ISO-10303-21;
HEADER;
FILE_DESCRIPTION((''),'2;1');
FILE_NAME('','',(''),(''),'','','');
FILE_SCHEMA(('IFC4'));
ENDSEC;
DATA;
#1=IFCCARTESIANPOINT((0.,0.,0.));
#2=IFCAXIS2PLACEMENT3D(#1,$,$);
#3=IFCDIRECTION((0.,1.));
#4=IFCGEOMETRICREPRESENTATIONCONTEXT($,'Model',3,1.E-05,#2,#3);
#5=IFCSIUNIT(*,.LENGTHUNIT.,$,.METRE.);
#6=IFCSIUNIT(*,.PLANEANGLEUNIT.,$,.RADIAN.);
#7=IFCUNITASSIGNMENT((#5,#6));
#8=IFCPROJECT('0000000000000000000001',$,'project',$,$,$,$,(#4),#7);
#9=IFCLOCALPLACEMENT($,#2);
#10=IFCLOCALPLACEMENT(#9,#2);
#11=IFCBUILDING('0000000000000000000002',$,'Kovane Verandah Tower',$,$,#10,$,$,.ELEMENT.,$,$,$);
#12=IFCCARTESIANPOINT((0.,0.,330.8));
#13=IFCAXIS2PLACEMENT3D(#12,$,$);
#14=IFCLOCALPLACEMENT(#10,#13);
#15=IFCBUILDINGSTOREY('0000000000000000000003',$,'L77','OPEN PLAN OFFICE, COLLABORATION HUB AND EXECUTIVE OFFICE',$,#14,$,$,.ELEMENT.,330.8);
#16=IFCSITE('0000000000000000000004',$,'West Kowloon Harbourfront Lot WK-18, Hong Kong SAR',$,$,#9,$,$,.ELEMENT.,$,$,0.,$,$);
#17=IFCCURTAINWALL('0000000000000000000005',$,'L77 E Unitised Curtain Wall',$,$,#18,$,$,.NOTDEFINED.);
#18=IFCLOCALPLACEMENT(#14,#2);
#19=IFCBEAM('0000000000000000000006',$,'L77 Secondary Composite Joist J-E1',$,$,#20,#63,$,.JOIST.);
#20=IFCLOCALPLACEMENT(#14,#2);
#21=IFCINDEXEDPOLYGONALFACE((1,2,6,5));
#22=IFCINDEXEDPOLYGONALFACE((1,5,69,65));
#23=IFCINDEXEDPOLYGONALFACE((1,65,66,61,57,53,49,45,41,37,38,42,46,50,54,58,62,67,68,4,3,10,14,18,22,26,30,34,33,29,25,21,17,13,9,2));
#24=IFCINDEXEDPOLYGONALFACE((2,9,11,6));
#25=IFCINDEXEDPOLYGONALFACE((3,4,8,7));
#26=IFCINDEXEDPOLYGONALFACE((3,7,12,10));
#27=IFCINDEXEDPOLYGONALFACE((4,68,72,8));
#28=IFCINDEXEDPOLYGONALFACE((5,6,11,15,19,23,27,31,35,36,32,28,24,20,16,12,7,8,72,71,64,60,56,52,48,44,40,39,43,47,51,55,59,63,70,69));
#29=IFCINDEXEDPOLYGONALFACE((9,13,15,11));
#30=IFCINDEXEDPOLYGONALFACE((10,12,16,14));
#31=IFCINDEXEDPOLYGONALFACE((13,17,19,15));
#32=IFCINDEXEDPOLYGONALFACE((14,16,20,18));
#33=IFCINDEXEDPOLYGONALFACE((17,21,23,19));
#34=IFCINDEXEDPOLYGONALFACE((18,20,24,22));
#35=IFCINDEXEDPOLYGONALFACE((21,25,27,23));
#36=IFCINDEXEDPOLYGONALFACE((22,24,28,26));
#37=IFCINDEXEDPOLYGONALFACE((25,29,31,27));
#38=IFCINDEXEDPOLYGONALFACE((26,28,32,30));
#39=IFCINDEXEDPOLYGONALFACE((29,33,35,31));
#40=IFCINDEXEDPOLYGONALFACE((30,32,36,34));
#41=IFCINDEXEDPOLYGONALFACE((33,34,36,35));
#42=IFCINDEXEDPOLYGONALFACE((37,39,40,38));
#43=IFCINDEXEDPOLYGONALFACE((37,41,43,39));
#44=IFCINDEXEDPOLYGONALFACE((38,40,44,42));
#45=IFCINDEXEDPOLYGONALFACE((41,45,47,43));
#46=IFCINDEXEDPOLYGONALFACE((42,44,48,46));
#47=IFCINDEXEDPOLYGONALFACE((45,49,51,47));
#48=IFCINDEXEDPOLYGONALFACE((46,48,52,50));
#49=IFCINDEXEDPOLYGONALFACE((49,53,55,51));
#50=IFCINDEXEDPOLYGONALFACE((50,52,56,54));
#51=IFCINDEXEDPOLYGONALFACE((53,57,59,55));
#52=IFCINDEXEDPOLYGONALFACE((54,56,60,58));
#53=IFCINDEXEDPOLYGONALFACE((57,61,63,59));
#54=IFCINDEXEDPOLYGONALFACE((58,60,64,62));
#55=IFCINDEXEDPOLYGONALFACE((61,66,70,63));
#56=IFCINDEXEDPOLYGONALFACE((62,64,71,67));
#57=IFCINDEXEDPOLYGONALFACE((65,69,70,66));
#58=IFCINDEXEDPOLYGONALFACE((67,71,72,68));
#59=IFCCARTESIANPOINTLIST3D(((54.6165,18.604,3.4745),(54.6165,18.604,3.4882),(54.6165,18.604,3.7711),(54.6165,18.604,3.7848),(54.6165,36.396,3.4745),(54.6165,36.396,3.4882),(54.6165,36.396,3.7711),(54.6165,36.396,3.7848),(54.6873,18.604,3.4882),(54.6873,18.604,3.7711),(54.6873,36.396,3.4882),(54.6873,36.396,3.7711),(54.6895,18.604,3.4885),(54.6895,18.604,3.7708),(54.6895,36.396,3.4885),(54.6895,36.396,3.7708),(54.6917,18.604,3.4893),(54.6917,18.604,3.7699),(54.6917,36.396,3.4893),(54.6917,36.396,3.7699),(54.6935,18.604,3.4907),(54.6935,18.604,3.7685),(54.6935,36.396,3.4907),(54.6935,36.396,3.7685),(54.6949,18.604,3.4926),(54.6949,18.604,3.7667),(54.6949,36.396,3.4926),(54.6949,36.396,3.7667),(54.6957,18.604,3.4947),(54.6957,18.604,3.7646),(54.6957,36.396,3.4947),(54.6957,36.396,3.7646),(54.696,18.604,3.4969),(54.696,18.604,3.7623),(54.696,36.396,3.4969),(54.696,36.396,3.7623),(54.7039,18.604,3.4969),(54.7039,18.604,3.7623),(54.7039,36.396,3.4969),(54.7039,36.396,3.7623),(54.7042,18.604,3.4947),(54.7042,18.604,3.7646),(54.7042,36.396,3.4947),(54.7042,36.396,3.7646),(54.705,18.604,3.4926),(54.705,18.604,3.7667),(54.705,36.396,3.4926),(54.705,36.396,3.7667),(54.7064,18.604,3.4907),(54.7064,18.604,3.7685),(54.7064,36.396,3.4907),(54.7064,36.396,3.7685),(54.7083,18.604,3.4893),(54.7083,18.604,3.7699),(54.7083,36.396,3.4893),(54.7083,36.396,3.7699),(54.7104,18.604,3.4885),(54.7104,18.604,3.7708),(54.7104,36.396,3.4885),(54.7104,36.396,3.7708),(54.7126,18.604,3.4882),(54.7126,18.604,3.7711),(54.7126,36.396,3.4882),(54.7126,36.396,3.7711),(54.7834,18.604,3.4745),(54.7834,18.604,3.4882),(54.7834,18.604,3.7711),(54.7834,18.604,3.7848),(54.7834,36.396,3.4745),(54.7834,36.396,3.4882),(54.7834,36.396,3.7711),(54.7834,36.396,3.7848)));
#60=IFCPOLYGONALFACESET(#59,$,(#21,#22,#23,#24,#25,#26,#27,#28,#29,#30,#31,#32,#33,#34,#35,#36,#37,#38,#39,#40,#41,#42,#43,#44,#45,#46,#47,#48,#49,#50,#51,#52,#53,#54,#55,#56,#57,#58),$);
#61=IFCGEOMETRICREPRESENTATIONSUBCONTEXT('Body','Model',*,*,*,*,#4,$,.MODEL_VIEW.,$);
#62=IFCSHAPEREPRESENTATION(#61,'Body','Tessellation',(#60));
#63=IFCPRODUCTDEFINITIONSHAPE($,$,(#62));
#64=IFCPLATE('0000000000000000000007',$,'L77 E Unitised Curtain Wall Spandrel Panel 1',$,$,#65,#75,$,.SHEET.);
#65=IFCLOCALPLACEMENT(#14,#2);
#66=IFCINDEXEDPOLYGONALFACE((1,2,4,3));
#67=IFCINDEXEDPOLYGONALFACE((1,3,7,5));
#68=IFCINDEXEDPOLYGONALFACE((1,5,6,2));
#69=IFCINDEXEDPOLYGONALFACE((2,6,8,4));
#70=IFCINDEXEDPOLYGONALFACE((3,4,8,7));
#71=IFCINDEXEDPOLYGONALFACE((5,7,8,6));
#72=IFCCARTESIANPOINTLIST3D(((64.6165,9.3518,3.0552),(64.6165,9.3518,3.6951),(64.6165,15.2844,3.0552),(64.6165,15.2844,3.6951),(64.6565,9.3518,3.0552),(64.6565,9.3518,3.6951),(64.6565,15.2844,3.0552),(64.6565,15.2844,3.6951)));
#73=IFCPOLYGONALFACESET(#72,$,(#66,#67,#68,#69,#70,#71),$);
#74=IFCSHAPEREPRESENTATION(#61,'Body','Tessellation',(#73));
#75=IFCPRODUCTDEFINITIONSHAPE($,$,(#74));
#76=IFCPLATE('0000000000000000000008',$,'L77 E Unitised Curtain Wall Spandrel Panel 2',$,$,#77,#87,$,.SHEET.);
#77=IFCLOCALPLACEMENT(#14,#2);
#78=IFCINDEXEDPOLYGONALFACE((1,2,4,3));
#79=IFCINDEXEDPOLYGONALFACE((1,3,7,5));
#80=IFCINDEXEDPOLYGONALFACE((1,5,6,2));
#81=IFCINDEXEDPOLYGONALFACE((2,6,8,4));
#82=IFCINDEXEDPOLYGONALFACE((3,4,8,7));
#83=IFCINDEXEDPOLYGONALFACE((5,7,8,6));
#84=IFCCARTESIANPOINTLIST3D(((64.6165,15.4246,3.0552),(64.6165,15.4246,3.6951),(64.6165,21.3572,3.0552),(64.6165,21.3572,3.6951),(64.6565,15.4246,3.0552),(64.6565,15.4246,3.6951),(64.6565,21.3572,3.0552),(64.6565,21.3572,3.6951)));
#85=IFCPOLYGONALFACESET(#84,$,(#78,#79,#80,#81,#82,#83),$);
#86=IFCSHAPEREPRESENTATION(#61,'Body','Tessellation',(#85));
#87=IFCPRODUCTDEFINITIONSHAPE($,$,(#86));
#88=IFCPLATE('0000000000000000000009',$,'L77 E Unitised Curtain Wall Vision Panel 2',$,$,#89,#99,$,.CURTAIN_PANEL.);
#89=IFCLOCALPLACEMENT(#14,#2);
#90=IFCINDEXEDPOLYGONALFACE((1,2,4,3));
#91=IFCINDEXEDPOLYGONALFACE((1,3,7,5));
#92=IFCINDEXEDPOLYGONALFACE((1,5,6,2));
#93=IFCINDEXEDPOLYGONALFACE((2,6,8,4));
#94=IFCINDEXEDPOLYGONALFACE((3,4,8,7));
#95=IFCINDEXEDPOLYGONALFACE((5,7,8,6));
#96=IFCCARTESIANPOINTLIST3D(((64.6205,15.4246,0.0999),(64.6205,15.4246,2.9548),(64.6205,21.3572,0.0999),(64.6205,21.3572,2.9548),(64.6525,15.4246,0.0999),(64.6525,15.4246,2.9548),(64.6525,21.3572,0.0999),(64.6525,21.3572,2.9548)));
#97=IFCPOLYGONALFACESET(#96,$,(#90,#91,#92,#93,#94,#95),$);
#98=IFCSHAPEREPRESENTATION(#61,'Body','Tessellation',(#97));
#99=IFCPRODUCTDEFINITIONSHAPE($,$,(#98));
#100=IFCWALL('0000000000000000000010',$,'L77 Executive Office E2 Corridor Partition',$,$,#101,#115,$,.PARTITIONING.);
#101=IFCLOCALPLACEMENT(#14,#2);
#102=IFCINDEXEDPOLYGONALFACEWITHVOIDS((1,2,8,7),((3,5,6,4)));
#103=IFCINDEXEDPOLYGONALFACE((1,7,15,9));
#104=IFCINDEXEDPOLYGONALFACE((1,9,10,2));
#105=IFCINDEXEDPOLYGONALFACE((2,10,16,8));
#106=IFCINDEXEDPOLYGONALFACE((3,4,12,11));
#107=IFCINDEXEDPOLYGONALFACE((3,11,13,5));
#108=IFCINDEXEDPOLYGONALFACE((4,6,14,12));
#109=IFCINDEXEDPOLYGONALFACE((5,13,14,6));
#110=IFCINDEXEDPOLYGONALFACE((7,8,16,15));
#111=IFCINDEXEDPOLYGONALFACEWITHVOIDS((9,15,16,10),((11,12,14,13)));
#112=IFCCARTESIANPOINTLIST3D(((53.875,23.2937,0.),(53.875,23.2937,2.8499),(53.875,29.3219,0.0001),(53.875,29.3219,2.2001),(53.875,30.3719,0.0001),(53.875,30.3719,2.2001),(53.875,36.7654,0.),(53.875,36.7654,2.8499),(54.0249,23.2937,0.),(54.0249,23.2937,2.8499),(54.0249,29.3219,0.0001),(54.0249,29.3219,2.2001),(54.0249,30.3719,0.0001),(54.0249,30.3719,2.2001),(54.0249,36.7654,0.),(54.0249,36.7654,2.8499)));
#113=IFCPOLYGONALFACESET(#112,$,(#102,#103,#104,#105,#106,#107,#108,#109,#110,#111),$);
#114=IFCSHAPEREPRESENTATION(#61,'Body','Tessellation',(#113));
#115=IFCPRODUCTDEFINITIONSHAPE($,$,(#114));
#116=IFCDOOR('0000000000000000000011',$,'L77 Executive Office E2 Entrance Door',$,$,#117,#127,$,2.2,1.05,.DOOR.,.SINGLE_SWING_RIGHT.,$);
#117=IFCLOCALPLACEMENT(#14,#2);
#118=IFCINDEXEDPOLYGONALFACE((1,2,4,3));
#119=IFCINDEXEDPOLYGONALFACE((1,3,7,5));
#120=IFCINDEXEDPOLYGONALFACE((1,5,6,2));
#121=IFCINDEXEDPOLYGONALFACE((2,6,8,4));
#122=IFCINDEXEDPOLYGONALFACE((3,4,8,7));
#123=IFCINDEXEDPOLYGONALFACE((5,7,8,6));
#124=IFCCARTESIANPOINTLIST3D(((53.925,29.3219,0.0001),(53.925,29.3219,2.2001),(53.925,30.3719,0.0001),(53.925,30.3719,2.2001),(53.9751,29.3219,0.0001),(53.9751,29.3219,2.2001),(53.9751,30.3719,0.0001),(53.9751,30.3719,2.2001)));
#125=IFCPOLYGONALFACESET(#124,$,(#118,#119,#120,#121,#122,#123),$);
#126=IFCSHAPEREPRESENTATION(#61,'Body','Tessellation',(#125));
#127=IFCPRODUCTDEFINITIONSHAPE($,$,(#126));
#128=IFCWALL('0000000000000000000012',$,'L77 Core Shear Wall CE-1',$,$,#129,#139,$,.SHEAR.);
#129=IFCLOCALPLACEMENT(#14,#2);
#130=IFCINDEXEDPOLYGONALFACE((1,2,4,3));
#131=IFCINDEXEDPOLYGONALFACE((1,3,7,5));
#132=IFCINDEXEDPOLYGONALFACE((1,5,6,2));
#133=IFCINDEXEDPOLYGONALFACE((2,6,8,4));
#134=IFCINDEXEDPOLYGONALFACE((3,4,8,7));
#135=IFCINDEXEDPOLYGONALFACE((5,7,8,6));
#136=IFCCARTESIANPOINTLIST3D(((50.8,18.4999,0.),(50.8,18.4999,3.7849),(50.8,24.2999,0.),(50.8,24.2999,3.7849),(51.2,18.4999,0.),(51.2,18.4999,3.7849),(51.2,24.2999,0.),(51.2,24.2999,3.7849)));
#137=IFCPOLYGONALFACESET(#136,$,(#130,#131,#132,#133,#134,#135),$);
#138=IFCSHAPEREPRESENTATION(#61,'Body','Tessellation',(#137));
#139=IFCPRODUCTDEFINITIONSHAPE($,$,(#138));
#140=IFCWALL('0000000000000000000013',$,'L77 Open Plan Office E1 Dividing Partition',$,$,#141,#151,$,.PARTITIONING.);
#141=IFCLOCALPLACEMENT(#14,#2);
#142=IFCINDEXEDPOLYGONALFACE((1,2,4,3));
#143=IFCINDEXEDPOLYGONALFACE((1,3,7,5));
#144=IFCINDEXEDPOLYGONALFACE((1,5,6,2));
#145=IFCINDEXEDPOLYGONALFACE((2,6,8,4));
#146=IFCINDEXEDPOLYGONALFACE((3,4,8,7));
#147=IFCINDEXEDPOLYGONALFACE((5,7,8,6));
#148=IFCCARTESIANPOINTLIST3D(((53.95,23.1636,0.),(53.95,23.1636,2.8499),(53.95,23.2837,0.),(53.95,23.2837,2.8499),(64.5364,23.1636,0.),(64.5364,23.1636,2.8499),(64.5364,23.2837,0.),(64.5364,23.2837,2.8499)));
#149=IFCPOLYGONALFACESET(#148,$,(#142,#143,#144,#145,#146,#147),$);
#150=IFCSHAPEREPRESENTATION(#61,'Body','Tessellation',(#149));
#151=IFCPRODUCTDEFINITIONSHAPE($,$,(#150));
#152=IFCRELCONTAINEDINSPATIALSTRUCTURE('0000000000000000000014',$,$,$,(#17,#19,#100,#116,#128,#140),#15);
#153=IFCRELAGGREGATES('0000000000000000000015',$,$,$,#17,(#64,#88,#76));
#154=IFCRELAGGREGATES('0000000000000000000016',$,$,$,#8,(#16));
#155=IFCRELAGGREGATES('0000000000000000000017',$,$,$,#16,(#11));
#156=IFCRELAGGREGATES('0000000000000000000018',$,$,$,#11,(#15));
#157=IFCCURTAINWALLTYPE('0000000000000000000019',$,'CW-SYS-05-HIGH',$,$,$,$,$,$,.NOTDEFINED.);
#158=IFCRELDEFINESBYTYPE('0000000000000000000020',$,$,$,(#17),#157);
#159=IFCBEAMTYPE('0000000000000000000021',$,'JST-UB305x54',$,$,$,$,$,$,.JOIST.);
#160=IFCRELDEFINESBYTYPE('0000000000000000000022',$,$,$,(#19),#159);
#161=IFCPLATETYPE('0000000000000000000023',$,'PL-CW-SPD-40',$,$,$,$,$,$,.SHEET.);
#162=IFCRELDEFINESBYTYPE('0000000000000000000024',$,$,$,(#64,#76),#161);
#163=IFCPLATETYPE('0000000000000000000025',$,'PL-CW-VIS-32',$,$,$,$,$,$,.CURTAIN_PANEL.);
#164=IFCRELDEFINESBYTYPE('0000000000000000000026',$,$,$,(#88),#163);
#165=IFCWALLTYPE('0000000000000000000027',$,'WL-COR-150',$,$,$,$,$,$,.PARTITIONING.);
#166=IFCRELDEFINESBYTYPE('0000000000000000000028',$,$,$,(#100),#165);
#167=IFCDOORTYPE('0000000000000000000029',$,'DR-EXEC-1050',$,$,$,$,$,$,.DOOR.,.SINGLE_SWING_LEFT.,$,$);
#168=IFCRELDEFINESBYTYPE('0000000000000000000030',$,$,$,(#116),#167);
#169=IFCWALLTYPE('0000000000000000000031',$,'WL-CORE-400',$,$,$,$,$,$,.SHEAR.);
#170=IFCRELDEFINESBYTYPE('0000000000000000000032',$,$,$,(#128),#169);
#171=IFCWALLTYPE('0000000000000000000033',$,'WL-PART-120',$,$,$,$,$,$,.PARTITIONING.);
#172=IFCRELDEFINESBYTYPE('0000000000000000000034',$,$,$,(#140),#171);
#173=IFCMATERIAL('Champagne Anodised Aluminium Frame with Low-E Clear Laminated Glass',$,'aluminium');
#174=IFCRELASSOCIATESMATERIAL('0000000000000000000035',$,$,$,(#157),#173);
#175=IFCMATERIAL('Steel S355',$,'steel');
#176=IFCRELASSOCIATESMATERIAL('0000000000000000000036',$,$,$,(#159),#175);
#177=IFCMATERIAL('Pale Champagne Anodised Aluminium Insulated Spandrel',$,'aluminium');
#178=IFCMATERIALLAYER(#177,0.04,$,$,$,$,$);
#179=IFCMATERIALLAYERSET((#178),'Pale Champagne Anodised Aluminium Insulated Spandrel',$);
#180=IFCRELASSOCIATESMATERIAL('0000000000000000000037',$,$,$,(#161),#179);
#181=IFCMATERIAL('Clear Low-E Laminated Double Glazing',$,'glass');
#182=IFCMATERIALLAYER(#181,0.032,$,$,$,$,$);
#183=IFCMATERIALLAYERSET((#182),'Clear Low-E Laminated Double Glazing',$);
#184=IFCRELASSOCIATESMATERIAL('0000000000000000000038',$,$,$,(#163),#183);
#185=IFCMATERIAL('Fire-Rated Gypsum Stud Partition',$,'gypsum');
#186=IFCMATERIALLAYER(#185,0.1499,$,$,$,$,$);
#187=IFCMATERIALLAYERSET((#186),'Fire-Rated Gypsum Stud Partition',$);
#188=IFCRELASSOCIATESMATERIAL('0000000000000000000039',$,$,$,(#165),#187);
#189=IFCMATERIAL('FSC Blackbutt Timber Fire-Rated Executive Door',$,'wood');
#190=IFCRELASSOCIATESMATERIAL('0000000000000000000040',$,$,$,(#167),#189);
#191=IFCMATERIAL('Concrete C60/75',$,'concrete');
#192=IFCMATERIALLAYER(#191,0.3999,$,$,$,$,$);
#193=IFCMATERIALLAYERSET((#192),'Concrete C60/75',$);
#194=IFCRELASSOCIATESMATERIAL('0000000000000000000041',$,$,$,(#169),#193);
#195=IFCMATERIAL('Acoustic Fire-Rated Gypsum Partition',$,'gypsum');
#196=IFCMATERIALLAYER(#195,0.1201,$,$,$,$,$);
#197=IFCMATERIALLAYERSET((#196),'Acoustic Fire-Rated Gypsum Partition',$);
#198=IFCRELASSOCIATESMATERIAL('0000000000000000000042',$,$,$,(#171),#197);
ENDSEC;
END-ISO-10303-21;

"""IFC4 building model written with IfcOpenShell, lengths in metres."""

from ifc_helpers import new_model, si_unit, direction, frame, frame_2d, origin, origin_2d, place, context, subcontext, project, spatial, rectangle, i_section, extrude, material, layer, layer_set, material_profile, profile_set, type_object, element, fill, aggregate, save


model = new_model("IFC4")

# Units and contexts
model_context = context("Model", 3, precision=1e-05, world=origin(), true_north=direction((0.0, 1.0)))
body_context = subcontext(model_context, "Body", "Model", "MODEL_VIEW")
ifc_project = project(units=[si_unit("LENGTHUNIT", "METRE"), si_unit("PLANEANGLEUNIT", "RADIAN")], contexts=[model_context])

# Site, building, storey
site_placement = place(None, origin())
site = spatial("IfcSite", under=ifc_project, at=site_placement, Name="West Kowloon Harbourfront Lot WK-18, Hong Kong SAR", CompositionType="ELEMENT", RefElevation=0.0)
building_placement = place(site_placement, origin())
building = spatial("IfcBuilding", under=site, at=building_placement, Name="Kovane Verandah Tower", CompositionType="ELEMENT")
storey_placement = place(building_placement, frame((0.0, 0.0, 330.8)))
storey = spatial("IfcBuildingStorey", under=building, at=storey_placement, Name="L77", Description="OPEN PLAN OFFICE, COLLABORATION HUB AND EXECUTIVE OFFICE", CompositionType="ELEMENT", Elevation=330.8)

# Shared definitions
ifc_material_1 = material(Name="Concrete C60/75", Category="concrete")

# Shared definitions
ifc_material_2 = material(Name="Steel S355", Category="steel")

# Curtain wall
ifc_material_3 = material(Name="Champagne Anodised Aluminium Frame with Low-E Clear Laminated Glass", Category="aluminium")
curtain_wall_type = type_object("IfcCurtainWallType", Name="CW-SYS-05-HIGH", PredefinedType="NOTDEFINED", material=ifc_material_3)
curtain_wall_placement = place(storey_placement, origin())
curtain_wall = element("IfcCurtainWall", 1, at=curtain_wall_placement, inside=storey, type_object=curtain_wall_type, Name="L77 E Unitised Curtain Wall", PredefinedType="NOTDEFINED")

# Beam
ifc_material_profile_1 = material_profile(ifc_material_2, i_section(OverallWidth=0.167, OverallDepth=0.3103, WebThickness=0.0078, FlangeThickness=0.0137, FilletRadius=0.0088, at=origin_2d()), Name="UB305x165x54")
ifc_profile_set_1 = profile_set([ifc_material_profile_1], Name="Steel S355")
beam_type_1 = type_object("IfcBeamType", Name="JST-UB305x54", PredefinedType="JOIST", material=ifc_profile_set_1)
beam_1_placement = place(storey_placement, frame((54.7, 18.604, 3.6296), z_axis=(0.0, 1.0, 0.0), x_axis=(-1.0, 0.0, 0.0)))
element("IfcBeam", 2, at=beam_1_placement, inside=storey, type_object=beam_type_1, Name="L77 Secondary Composite Joist J-E1", PredefinedType="JOIST", context=body_context, shape_type="SweptSolid", body=[
    extrude(i_section(OverallWidth=0.167, OverallDepth=0.3103, WebThickness=0.0078, FlangeThickness=0.0137, FilletRadius=0.0088, at=origin_2d()), origin(), (0.0, 0.0, 1.0), 17.792),
])

# Plates
ifc_material_4 = material(Name="Pale Champagne Anodised Aluminium Insulated Spandrel", Category="aluminium")
ifc_layer_1 = layer(ifc_material_4, 0.04)
ifc_layer_set_1 = layer_set([ifc_layer_1], Name="Pale Champagne Anodised Aluminium Insulated Spandrel")
plate_type_1 = type_object("IfcPlateType", Name="PL-CW-SPD-40", PredefinedType="SHEET", material=ifc_layer_set_1)
plate_1_placement = place(storey_placement, frame((64.6365, 12.3181, 3.0552), z_axis=(0.0, 0.0, 1.0), x_axis=(0.0, 1.0, 0.0)))
plate_1 = element("IfcPlate", 3, at=plate_1_placement, type_object=plate_type_1, Name="L77 E Unitised Curtain Wall Spandrel Panel 1", PredefinedType="SHEET", context=body_context, shape_type="SweptSolid", body=[
    extrude(rectangle(XDim=5.9326, YDim=0.04, at=origin_2d()), origin(), (0.0, 0.0, 1.0), 0.6399),
])
plate_2_placement = place(storey_placement, frame((64.6365, 18.3909, 3.0552), z_axis=(0.0, 0.0, 1.0), x_axis=(0.0, 1.0, 0.0)))
plate_2 = element("IfcPlate", 4, at=plate_2_placement, type_object=plate_type_1, Name="L77 E Unitised Curtain Wall Spandrel Panel 2", PredefinedType="SHEET", context=body_context, shape_type="SweptSolid", body=[
    extrude(rectangle(XDim=5.9326, YDim=0.04, at=origin_2d()), origin(), (0.0, 0.0, 1.0), 0.6399),
])
ifc_material_5 = material(Name="Clear Low-E Laminated Double Glazing", Category="glass")
ifc_layer_2 = layer(ifc_material_5, 0.032)
ifc_layer_set_2 = layer_set([ifc_layer_2], Name="Clear Low-E Laminated Double Glazing")
plate_type_2 = type_object("IfcPlateType", Name="PL-CW-VIS-32", PredefinedType="CURTAIN_PANEL", material=ifc_layer_set_2)
plate_3_placement = place(storey_placement, frame((64.6365, 18.3909, 0.0999), z_axis=(0.0, 0.0, 1.0), x_axis=(0.0, 1.0, 0.0)))
plate_3 = element("IfcPlate", 5, at=plate_3_placement, type_object=plate_type_2, Name="L77 E Unitised Curtain Wall Vision Panel 2", PredefinedType="CURTAIN_PANEL", context=body_context, shape_type="SweptSolid", body=[
    extrude(rectangle(XDim=5.9326, YDim=0.032, at=origin_2d()), origin(), (0.0, 0.0, 1.0), 2.855),
])
aggregate(curtain_wall, [plate_1, plate_3, plate_2])

# Wall, opening, door
ifc_material_6 = material(Name="Fire-Rated Gypsum Stud Partition", Category="gypsum")
ifc_layer_3 = layer(ifc_material_6, 0.1499)
ifc_layer_set_3 = layer_set([ifc_layer_3], Name="Fire-Rated Gypsum Stud Partition")
wall_type_1 = type_object("IfcWallType", Name="WL-COR-150", PredefinedType="PARTITIONING", material=ifc_layer_set_3)
wall_1_placement = place(storey_placement, frame((53.95, 23.2937, 0.0), z_axis=(0.0, 0.0, 1.0), x_axis=(0.0, 1.0, 0.0)))
wall_1 = element("IfcWall", 6, at=wall_1_placement, inside=storey, type_object=wall_type_1, Name="L77 Executive Office E2 Corridor Partition", PredefinedType="PARTITIONING", context=body_context, shape_type="SweptSolid", body=[
    extrude(rectangle(XDim=13.4717, YDim=0.1499, at=frame_2d((6.7358, 0.0))), origin(), (0.0, 0.0, 1.0), 2.8499),
])
opening_1_placement = place(wall_1_placement, frame((6.0283, 0.0, 0.0)))
opening_1 = element("IfcOpeningElement", 7, at=opening_1_placement, cuts=wall_1, PredefinedType="OPENING", context=body_context, shape_type="SweptSolid", body=[
    extrude(rectangle(XDim=1.05, YDim=2.2, at=frame_2d((0.5249, 1.1001))), frame((0.0, 0.075, 0.0), z_axis=(0.0, -1.0, 0.0), x_axis=(1.0, 0.0, 0.0)), (0.0, 0.0, 1.0), 0.1499),
])
ifc_material_7 = material(Name="FSC Blackbutt Timber Fire-Rated Executive Door", Category="wood")
door_type_1 = type_object("IfcDoorType", Name="DR-EXEC-1050", OperationType="SINGLE_SWING_LEFT", PredefinedType="DOOR", material=ifc_material_7)
door_1_placement = place(opening_1_placement, origin())
door_1 = element("IfcDoor", 8, at=door_1_placement, inside=storey, type_object=door_type_1, Name="L77 Executive Office E2 Entrance Door", OperationType="SINGLE_SWING_RIGHT", OverallHeight=2.2, OverallWidth=1.05, PredefinedType="DOOR", context=body_context, shape_type="SweptSolid", body=[
    extrude(rectangle(XDim=1.05, YDim=2.2, at=frame_2d((0.5249, 1.1001))), frame((0.0, 0.0249, 0.0), z_axis=(0.0, -1.0, 0.0), x_axis=(1.0, 0.0, 0.0)), (0.0, 0.0, 1.0), 0.05),
])
fill(opening_1, door_1)

# Wall
ifc_layer_4 = layer(ifc_material_1, 0.3999)
ifc_layer_set_4 = layer_set([ifc_layer_4], Name="Concrete C60/75")
wall_type_2 = type_object("IfcWallType", Name="WL-CORE-400", PredefinedType="SHEAR", material=ifc_layer_set_4)
wall_2_placement = place(storey_placement, frame((51.0, 18.5, 0.0), z_axis=(0.0, 0.0, 1.0), x_axis=(0.0, 1.0, 0.0)))
element("IfcWall", 9, at=wall_2_placement, inside=storey, type_object=wall_type_2, Name="L77 Core Shear Wall CE-1", PredefinedType="SHEAR", context=body_context, shape_type="SweptSolid", body=[
    extrude(rectangle(XDim=5.8, YDim=0.3999, at=frame_2d((2.8999, 0.0))), origin(), (0.0, 0.0, 1.0), 3.7849),
])

# Wall
ifc_material_8 = material(Name="Acoustic Fire-Rated Gypsum Partition", Category="gypsum")
ifc_layer_5 = layer(ifc_material_8, 0.1201)
ifc_layer_set_5 = layer_set([ifc_layer_5], Name="Acoustic Fire-Rated Gypsum Partition")
wall_type_3 = type_object("IfcWallType", Name="WL-PART-120", PredefinedType="PARTITIONING", material=ifc_layer_set_5)
wall_3_placement = place(storey_placement, frame((53.95, 23.2236, 0.0), z_axis=(0.0, 0.0, 1.0), x_axis=(1.0, 0.0, 0.0)))
element("IfcWall", 10, at=wall_3_placement, inside=storey, type_object=wall_type_3, Name="L77 Open Plan Office E1 Dividing Partition", PredefinedType="PARTITIONING", context=body_context, shape_type="SweptSolid", body=[
    extrude(rectangle(XDim=10.5864, YDim=0.1201, at=frame_2d((5.2932, 0.0))), origin(), (0.0, 0.0, 1.0), 2.8499),
])

save(model, "model.ifc")
